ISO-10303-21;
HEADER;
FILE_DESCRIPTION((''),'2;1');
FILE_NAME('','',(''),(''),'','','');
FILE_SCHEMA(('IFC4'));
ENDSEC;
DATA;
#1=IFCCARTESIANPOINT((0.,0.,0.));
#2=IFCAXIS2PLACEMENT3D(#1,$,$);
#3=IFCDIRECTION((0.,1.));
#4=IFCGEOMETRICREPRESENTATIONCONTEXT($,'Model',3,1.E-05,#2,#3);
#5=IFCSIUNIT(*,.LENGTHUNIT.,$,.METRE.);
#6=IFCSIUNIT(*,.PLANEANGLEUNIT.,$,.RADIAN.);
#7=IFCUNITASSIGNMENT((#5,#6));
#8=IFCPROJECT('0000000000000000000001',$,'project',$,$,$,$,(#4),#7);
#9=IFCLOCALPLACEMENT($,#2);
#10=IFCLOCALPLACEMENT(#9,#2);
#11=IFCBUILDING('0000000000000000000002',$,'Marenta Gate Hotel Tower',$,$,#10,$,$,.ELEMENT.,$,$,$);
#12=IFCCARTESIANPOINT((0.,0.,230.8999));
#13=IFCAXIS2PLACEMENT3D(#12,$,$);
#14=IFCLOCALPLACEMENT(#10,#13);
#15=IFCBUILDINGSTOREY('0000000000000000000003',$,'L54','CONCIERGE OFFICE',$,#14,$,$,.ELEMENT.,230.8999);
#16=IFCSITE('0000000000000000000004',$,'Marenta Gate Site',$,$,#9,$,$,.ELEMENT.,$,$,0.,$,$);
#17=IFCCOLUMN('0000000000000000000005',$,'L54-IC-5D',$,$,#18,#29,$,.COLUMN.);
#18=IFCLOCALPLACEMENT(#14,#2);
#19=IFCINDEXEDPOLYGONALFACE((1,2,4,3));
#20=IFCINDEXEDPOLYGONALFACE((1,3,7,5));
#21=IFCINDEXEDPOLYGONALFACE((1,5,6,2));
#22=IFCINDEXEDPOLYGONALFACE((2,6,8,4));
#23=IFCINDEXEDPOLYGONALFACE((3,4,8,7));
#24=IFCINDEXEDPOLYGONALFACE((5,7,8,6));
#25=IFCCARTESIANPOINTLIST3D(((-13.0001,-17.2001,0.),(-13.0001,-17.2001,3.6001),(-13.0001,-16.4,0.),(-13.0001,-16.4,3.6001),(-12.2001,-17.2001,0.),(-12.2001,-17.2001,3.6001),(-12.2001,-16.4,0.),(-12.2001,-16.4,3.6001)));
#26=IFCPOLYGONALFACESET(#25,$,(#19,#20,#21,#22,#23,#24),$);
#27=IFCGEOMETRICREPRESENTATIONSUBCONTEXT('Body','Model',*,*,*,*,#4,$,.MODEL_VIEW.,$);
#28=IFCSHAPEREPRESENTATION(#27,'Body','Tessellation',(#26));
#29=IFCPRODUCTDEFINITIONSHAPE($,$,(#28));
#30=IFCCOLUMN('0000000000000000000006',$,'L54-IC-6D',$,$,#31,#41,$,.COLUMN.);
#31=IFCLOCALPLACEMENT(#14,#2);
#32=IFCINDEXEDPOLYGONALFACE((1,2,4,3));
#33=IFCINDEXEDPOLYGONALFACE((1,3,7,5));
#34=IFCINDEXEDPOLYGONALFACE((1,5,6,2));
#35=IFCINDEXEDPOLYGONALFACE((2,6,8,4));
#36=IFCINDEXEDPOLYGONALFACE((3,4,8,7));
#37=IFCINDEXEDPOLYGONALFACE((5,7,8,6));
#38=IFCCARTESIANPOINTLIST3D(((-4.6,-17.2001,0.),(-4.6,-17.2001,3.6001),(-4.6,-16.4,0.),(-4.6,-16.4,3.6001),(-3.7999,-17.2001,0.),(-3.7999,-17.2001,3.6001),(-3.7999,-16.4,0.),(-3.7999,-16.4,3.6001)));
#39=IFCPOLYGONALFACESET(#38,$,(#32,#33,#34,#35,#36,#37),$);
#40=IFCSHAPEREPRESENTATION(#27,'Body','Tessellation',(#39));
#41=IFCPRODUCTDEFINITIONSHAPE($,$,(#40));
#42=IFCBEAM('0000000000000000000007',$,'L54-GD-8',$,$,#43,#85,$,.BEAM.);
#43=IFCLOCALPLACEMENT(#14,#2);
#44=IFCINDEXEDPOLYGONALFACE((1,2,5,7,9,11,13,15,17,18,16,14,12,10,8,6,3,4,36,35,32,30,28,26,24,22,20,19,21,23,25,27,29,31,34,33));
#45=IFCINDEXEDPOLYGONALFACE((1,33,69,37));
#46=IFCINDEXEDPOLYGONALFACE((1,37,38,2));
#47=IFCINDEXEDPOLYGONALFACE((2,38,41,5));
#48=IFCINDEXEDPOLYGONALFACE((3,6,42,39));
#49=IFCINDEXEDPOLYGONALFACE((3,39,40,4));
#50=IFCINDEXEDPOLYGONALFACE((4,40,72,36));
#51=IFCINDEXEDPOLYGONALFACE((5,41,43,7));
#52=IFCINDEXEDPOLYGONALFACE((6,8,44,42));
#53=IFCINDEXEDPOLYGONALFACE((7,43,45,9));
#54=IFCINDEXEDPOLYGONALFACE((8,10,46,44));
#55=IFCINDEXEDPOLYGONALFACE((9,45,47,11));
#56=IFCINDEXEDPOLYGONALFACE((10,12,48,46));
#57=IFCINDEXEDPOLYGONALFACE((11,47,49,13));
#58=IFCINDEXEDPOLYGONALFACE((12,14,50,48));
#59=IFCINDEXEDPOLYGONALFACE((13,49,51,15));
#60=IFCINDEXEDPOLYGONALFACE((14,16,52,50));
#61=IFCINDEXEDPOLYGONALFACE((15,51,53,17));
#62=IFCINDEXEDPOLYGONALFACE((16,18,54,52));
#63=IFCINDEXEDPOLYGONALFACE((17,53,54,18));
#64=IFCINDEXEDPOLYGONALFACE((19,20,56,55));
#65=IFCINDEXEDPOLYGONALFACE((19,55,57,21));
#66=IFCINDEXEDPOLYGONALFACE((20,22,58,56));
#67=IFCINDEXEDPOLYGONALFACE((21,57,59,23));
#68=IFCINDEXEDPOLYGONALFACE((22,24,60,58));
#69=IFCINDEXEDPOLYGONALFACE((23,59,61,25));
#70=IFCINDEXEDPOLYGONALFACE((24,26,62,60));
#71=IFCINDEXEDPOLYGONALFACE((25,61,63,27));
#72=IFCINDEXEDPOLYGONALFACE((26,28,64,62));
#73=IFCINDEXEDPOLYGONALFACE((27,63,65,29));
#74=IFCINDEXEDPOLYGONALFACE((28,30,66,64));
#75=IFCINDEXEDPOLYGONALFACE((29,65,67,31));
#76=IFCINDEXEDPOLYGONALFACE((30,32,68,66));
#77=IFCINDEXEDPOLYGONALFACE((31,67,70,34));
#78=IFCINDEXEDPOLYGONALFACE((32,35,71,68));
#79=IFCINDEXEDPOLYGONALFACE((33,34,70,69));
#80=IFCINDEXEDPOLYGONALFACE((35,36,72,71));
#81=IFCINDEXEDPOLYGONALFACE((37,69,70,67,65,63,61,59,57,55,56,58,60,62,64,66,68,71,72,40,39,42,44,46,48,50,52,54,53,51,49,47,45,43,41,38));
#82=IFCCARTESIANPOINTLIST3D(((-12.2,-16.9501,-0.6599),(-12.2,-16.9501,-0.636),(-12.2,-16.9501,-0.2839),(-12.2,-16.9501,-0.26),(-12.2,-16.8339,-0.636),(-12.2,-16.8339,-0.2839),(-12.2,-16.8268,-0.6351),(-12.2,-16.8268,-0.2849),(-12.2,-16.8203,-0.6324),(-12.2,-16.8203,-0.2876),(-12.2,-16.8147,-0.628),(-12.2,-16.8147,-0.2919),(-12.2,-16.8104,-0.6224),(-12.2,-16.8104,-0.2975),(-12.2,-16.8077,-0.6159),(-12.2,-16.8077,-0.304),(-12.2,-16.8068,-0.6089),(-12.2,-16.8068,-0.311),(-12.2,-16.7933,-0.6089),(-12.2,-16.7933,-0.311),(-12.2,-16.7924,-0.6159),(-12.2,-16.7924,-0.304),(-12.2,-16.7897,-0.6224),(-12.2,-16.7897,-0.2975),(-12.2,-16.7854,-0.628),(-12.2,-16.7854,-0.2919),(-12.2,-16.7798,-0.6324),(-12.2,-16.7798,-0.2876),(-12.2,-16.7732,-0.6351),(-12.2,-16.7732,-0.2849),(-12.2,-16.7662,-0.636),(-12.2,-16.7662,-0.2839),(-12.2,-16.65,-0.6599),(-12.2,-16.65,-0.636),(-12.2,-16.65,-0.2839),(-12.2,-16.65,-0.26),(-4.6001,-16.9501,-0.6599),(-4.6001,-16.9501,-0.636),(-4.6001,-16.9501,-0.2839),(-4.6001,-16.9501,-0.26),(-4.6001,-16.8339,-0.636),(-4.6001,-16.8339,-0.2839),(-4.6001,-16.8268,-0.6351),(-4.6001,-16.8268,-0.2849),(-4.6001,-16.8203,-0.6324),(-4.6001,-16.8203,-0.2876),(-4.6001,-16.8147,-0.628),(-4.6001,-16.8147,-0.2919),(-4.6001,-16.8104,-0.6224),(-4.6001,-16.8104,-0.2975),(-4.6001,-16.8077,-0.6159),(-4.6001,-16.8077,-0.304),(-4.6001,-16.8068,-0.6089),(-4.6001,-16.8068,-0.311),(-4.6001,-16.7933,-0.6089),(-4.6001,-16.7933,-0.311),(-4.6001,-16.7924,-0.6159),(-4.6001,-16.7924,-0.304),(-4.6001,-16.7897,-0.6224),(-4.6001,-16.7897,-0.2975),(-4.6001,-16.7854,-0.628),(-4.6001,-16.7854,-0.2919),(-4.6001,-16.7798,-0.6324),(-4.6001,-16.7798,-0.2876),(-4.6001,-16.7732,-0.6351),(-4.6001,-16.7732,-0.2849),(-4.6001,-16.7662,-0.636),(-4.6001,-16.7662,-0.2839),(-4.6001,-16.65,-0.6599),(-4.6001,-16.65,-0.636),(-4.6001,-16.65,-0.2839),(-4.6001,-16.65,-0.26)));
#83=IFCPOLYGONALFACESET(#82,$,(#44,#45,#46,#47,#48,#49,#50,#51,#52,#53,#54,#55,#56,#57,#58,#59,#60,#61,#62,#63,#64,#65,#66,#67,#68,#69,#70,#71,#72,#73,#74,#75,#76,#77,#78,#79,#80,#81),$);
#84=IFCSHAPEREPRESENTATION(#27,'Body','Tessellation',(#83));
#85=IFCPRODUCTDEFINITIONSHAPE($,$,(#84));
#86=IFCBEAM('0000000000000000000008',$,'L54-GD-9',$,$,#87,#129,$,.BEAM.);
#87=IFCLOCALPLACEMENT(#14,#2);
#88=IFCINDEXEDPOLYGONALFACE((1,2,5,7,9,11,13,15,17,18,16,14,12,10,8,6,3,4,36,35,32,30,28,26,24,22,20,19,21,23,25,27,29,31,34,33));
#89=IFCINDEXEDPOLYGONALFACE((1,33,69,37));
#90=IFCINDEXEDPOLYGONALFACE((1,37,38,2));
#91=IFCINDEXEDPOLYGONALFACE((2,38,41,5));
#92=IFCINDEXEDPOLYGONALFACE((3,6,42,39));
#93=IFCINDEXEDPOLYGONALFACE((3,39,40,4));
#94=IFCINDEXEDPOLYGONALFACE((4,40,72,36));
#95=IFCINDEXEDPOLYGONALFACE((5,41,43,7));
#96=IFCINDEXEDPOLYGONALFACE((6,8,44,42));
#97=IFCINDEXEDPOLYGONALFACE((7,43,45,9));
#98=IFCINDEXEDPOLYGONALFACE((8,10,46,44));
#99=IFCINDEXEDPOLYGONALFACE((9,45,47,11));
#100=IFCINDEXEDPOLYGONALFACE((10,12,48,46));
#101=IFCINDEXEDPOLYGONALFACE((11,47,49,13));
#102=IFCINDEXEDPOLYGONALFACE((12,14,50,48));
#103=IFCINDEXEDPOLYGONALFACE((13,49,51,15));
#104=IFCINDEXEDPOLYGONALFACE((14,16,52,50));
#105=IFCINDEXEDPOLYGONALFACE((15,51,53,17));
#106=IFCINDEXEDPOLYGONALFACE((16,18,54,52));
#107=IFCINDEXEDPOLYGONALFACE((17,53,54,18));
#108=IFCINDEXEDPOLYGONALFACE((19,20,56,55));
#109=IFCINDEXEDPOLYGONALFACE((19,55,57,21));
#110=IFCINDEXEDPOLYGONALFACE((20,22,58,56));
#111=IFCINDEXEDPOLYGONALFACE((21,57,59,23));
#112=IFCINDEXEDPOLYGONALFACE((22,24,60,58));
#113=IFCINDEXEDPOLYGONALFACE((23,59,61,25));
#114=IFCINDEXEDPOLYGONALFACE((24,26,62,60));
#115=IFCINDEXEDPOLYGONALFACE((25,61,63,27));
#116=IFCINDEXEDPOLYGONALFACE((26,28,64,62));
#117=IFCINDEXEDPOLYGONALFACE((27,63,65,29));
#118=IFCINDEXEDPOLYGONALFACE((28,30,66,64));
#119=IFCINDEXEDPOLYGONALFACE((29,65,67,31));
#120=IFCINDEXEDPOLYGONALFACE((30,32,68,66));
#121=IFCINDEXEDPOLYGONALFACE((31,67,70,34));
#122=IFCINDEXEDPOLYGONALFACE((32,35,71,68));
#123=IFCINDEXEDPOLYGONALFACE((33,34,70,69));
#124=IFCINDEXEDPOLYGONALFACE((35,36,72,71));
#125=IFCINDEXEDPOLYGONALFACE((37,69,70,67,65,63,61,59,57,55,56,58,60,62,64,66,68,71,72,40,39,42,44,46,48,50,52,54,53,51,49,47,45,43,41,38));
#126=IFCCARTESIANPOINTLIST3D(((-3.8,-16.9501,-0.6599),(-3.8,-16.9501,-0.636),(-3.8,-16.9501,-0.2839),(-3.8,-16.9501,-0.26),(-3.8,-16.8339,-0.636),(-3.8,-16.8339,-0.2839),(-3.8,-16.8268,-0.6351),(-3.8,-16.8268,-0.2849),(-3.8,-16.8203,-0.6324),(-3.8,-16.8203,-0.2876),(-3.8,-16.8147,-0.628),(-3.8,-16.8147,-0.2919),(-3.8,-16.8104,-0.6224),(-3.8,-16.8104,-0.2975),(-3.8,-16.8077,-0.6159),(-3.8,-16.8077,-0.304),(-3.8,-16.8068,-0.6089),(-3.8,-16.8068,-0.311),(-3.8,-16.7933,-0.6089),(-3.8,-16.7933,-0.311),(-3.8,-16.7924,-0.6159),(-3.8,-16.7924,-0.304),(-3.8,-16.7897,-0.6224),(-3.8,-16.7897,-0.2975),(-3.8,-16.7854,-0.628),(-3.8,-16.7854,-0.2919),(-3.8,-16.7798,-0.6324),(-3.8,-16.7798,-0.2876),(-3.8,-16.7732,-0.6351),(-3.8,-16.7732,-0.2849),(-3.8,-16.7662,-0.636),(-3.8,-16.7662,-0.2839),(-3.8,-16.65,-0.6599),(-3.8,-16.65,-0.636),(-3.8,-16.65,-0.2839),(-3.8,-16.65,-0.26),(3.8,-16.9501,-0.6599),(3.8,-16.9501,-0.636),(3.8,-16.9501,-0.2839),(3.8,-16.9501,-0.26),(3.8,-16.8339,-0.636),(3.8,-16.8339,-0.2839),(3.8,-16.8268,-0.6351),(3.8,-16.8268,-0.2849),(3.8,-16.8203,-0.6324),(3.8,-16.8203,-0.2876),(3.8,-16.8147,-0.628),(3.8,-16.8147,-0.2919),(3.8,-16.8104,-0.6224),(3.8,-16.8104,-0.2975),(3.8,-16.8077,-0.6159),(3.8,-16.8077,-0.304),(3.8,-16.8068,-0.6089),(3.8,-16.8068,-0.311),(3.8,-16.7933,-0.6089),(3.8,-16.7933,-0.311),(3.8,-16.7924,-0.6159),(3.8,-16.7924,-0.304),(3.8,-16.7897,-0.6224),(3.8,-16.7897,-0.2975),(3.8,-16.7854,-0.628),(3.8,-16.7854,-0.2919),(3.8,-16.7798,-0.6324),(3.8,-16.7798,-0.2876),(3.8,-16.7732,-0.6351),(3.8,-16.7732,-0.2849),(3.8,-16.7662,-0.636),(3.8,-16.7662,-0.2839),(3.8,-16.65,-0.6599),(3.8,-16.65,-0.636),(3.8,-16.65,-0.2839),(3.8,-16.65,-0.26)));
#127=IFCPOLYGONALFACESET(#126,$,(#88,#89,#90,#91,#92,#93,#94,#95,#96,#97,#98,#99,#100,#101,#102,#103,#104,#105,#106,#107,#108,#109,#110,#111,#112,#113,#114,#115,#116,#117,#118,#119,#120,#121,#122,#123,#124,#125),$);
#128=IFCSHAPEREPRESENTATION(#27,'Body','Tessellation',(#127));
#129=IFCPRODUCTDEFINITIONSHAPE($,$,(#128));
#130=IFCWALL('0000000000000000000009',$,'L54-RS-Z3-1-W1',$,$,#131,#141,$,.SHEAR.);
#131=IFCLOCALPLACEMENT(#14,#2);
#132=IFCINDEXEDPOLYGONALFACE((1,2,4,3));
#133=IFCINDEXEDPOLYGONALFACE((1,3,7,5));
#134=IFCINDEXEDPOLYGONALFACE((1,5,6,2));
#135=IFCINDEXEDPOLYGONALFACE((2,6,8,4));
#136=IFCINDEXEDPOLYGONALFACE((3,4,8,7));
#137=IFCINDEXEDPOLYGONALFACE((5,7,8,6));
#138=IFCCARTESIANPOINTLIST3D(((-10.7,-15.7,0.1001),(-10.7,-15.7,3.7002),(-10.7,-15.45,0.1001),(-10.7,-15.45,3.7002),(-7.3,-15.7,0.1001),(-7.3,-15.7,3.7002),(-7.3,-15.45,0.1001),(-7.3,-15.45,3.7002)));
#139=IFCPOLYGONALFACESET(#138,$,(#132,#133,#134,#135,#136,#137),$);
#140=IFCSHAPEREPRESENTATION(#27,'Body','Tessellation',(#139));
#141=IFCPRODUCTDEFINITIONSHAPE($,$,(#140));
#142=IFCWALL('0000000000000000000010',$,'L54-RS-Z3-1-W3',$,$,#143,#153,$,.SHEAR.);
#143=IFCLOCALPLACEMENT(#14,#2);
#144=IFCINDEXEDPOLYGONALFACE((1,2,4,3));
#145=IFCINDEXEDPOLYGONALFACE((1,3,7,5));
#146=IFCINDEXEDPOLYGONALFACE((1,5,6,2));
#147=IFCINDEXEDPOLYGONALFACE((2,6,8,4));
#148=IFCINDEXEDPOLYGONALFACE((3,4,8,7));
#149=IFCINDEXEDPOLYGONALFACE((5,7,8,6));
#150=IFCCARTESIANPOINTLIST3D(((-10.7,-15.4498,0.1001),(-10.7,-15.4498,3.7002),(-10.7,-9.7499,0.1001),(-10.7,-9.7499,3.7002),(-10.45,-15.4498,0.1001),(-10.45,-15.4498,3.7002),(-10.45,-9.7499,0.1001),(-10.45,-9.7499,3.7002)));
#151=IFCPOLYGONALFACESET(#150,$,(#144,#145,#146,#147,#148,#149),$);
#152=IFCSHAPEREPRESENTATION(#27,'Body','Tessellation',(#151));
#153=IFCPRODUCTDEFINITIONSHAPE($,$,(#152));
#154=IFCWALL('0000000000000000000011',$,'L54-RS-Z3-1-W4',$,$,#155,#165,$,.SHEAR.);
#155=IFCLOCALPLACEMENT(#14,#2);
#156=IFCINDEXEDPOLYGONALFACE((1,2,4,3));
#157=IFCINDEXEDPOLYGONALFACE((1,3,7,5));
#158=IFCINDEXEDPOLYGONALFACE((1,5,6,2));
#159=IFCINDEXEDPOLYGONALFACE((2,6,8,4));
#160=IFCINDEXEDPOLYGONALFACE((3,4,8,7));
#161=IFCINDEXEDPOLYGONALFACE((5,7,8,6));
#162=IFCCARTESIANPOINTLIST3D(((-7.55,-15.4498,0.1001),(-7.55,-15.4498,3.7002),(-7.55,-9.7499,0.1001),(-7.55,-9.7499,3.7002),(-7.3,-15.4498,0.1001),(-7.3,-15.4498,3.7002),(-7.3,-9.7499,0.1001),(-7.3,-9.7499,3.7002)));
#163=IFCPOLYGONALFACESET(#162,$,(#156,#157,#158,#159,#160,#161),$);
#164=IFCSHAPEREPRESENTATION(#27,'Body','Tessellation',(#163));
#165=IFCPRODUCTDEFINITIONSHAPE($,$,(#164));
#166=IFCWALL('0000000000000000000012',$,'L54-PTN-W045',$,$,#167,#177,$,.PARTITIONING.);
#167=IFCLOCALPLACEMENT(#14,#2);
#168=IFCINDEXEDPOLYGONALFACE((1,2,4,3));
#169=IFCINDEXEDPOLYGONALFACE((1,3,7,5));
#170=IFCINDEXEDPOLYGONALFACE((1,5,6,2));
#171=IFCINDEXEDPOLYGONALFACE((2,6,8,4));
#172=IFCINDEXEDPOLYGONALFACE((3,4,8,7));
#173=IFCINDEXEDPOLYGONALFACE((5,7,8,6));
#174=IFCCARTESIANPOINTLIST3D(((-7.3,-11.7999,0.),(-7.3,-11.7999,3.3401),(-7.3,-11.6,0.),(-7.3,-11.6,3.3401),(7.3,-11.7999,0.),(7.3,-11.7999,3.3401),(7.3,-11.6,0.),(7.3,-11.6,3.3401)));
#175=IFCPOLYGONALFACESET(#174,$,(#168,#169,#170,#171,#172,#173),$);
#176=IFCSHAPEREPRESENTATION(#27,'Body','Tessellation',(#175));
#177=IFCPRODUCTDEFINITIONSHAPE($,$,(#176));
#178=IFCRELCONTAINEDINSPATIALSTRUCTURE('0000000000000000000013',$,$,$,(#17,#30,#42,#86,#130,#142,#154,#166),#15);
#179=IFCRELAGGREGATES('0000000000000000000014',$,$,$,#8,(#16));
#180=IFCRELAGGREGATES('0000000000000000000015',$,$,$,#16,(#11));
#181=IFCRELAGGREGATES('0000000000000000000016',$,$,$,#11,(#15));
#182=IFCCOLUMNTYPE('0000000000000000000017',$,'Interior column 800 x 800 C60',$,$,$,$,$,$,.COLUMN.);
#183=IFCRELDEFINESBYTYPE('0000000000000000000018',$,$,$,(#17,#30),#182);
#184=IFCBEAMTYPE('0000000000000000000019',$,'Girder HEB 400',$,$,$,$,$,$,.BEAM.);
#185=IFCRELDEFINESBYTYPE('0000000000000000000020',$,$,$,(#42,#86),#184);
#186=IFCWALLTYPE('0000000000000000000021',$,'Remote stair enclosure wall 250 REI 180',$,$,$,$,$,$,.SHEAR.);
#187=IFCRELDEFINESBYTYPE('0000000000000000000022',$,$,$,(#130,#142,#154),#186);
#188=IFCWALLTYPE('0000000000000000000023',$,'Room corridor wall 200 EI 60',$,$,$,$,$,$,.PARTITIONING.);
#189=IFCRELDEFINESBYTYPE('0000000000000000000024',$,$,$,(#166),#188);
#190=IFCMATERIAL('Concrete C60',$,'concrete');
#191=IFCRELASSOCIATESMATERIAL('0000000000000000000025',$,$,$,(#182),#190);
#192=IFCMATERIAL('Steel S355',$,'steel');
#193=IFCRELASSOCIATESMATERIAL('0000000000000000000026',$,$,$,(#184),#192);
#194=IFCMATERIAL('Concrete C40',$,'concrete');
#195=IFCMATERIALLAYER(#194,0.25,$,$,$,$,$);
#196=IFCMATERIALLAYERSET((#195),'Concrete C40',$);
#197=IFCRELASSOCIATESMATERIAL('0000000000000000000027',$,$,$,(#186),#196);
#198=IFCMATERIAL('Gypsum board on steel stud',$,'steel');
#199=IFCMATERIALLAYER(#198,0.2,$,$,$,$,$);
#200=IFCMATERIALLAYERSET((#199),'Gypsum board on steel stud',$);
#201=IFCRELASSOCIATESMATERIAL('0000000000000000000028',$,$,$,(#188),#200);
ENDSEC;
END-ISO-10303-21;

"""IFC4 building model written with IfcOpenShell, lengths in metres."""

from ifc_helpers import new_model, si_unit, direction, frame, frame_2d, origin, origin_2d, place, context, subcontext, project, spatial, rectangle, i_section, extrude, material, layer, layer_set, material_profile, profile_set, type_object, element, save


model = new_model("IFC4")

# Units and contexts
model_context = context("Model", 3, precision=1e-05, world=origin(), true_north=direction((0.0, 1.0)))
body_context = subcontext(model_context, "Body", "Model", "MODEL_VIEW")
ifc_project = project(units=[si_unit("LENGTHUNIT", "METRE"), si_unit("PLANEANGLEUNIT", "RADIAN")], contexts=[model_context])

# Site, building, storey
site_placement = place(None, origin())
site = spatial("IfcSite", under=ifc_project, at=site_placement, Name="Marenta Gate Site", CompositionType="ELEMENT", RefElevation=0.0)
building_placement = place(site_placement, origin())
building = spatial("IfcBuilding", under=site, at=building_placement, Name="Marenta Gate Hotel Tower", CompositionType="ELEMENT")
storey_placement = place(building_placement, frame((0.0, 0.0, 230.8999)))
storey = spatial("IfcBuildingStorey", under=building, at=storey_placement, Name="L54", Description="CONCIERGE OFFICE", CompositionType="ELEMENT", Elevation=230.8999)

# Columns
ifc_material_1 = material(Name="Concrete C60", Category="concrete")
ifc_material_profile_1 = material_profile(ifc_material_1, rectangle(XDim=0.8, YDim=0.8, at=origin_2d()), Name="800 x 800")
ifc_profile_set_1 = profile_set([ifc_material_profile_1], Name="Concrete C60")
column_type = type_object("IfcColumnType", Name="Interior column 800 x 800 C60", PredefinedType="COLUMN", material=ifc_profile_set_1)
for number, where, z_axis, x_axis, name in (
    (1, (-12.6001, -16.8, 0.0), (0.0, 0.0, 1.0), (1.0, 0.0, 0.0), "L54-IC-5D"),
    (2, (-4.2, -16.8, 0.0), (0.0, 0.0, 1.0), (1.0, 0.0, 0.0), "L54-IC-6D"),
):
    element("IfcColumn", number, at=place(storey_placement, frame(where, z_axis=z_axis, x_axis=x_axis)), inside=storey, type_object=column_type, Name=name, PredefinedType="COLUMN", context=body_context, shape_type="SweptSolid", body=[
        extrude(rectangle(XDim=0.8, YDim=0.8, at=origin_2d()), origin(), (0.0, 0.0, 1.0), 3.6001),
    ])

# Beams
ifc_material_2 = material(Name="Steel S355", Category="steel")
ifc_material_profile_2 = material_profile(ifc_material_2, i_section(OverallWidth=0.3, OverallDepth=0.3999, WebThickness=0.0134, FlangeThickness=0.0239, FilletRadius=0.0271, at=origin_2d()), Name="HEB 400")
ifc_profile_set_2 = profile_set([ifc_material_profile_2], Name="Steel S355")
beam_type = type_object("IfcBeamType", Name="Girder HEB 400", PredefinedType="BEAM", material=ifc_profile_set_2)
beam_1_placement = place(storey_placement, frame((-12.2, -16.8, -0.46), z_axis=(1.0, 0.0, 0.0), x_axis=(0.0, 1.0, 0.0)))
element("IfcBeam", 3, at=beam_1_placement, inside=storey, type_object=beam_type, Name="L54-GD-8", PredefinedType="BEAM", context=body_context, shape_type="SweptSolid", body=[
    extrude(i_section(OverallWidth=0.3, OverallDepth=0.3999, WebThickness=0.0134, FlangeThickness=0.0239, FilletRadius=0.0271, at=origin_2d()), origin(), (0.0, 0.0, 1.0), 7.5999),
])
beam_2_placement = place(storey_placement, frame((-3.8, -16.8, -0.46), z_axis=(1.0, 0.0, 0.0), x_axis=(0.0, 1.0, 0.0)))
element("IfcBeam", 4, at=beam_2_placement, inside=storey, type_object=beam_type, Name="L54-GD-9", PredefinedType="BEAM", context=body_context, shape_type="SweptSolid", body=[
    extrude(i_section(OverallWidth=0.3, OverallDepth=0.3999, WebThickness=0.0134, FlangeThickness=0.0239, FilletRadius=0.0271, at=origin_2d()), origin(), (0.0, 0.0, 1.0), 7.6001),
])

# Walls
ifc_material_3 = material(Name="Concrete C40", Category="concrete")
ifc_layer_1 = layer(ifc_material_3, 0.25)
ifc_layer_set_1 = layer_set([ifc_layer_1], Name="Concrete C40")
wall_type_1 = type_object("IfcWallType", Name="Remote stair enclosure wall 250 REI 180", PredefinedType="SHEAR", material=ifc_layer_set_1)
wall_1_placement = place(storey_placement, frame((-10.7, -15.575, 0.1001), z_axis=(0.0, 0.0, 1.0), x_axis=(1.0, 0.0, 0.0)))
element("IfcWall", 5, at=wall_1_placement, inside=storey, type_object=wall_type_1, Name="L54-RS-Z3-1-W1", PredefinedType="SHEAR", context=body_context, shape_type="SweptSolid", body=[
    extrude(rectangle(XDim=3.3999, YDim=0.25, at=frame_2d((1.7, 0.0))), origin(), (0.0, 0.0, 1.0), 3.6001),
])
for number, where, z_axis, x_axis, name in (
    (6, (-10.575, -15.45, 0.1001), (0.0, 0.0, 1.0), (0.0, 1.0, 0.0), "L54-RS-Z3-1-W3"),
    (7, (-7.425, -15.45, 0.1001), (0.0, 0.0, 1.0), (0.0, 1.0, 0.0), "L54-RS-Z3-1-W4"),
):
    element("IfcWall", number, at=place(storey_placement, frame(where, z_axis=z_axis, x_axis=x_axis)), inside=storey, type_object=wall_type_1, Name=name, PredefinedType="SHEAR", context=body_context, shape_type="SweptSolid", body=[
        extrude(rectangle(XDim=5.7, YDim=0.25, at=frame_2d((2.8501, 0.0))), origin(), (0.0, 0.0, 1.0), 3.6001),
    ])

# Shared definitions
ifc_material_4 = material(Name="Gypsum board on steel stud", Category="steel")
ifc_layer_2 = layer(ifc_material_4, 0.2)
ifc_layer_set_2 = layer_set([ifc_layer_2], Name="Gypsum board on steel stud")
wall_type_2 = type_object("IfcWallType", Name="Room corridor wall 200 EI 60", PredefinedType="PARTITIONING", material=ifc_layer_set_2)

# Wall
wall_2_placement = place(storey_placement, frame((-7.3, -11.7, 0.0), z_axis=(0.0, 0.0, 1.0), x_axis=(1.0, 0.0, 0.0)))
element("IfcWall", 8, at=wall_2_placement, inside=storey, type_object=wall_type_2, Name="L54-PTN-W045", PredefinedType="PARTITIONING", context=body_context, shape_type="SweptSolid", body=[
    extrude(rectangle(XDim=14.6001, YDim=0.2, at=frame_2d((7.3, 0.0))), origin(), (0.0, 0.0, 1.0), 3.3401),
])

save(model, "model.ifc")
